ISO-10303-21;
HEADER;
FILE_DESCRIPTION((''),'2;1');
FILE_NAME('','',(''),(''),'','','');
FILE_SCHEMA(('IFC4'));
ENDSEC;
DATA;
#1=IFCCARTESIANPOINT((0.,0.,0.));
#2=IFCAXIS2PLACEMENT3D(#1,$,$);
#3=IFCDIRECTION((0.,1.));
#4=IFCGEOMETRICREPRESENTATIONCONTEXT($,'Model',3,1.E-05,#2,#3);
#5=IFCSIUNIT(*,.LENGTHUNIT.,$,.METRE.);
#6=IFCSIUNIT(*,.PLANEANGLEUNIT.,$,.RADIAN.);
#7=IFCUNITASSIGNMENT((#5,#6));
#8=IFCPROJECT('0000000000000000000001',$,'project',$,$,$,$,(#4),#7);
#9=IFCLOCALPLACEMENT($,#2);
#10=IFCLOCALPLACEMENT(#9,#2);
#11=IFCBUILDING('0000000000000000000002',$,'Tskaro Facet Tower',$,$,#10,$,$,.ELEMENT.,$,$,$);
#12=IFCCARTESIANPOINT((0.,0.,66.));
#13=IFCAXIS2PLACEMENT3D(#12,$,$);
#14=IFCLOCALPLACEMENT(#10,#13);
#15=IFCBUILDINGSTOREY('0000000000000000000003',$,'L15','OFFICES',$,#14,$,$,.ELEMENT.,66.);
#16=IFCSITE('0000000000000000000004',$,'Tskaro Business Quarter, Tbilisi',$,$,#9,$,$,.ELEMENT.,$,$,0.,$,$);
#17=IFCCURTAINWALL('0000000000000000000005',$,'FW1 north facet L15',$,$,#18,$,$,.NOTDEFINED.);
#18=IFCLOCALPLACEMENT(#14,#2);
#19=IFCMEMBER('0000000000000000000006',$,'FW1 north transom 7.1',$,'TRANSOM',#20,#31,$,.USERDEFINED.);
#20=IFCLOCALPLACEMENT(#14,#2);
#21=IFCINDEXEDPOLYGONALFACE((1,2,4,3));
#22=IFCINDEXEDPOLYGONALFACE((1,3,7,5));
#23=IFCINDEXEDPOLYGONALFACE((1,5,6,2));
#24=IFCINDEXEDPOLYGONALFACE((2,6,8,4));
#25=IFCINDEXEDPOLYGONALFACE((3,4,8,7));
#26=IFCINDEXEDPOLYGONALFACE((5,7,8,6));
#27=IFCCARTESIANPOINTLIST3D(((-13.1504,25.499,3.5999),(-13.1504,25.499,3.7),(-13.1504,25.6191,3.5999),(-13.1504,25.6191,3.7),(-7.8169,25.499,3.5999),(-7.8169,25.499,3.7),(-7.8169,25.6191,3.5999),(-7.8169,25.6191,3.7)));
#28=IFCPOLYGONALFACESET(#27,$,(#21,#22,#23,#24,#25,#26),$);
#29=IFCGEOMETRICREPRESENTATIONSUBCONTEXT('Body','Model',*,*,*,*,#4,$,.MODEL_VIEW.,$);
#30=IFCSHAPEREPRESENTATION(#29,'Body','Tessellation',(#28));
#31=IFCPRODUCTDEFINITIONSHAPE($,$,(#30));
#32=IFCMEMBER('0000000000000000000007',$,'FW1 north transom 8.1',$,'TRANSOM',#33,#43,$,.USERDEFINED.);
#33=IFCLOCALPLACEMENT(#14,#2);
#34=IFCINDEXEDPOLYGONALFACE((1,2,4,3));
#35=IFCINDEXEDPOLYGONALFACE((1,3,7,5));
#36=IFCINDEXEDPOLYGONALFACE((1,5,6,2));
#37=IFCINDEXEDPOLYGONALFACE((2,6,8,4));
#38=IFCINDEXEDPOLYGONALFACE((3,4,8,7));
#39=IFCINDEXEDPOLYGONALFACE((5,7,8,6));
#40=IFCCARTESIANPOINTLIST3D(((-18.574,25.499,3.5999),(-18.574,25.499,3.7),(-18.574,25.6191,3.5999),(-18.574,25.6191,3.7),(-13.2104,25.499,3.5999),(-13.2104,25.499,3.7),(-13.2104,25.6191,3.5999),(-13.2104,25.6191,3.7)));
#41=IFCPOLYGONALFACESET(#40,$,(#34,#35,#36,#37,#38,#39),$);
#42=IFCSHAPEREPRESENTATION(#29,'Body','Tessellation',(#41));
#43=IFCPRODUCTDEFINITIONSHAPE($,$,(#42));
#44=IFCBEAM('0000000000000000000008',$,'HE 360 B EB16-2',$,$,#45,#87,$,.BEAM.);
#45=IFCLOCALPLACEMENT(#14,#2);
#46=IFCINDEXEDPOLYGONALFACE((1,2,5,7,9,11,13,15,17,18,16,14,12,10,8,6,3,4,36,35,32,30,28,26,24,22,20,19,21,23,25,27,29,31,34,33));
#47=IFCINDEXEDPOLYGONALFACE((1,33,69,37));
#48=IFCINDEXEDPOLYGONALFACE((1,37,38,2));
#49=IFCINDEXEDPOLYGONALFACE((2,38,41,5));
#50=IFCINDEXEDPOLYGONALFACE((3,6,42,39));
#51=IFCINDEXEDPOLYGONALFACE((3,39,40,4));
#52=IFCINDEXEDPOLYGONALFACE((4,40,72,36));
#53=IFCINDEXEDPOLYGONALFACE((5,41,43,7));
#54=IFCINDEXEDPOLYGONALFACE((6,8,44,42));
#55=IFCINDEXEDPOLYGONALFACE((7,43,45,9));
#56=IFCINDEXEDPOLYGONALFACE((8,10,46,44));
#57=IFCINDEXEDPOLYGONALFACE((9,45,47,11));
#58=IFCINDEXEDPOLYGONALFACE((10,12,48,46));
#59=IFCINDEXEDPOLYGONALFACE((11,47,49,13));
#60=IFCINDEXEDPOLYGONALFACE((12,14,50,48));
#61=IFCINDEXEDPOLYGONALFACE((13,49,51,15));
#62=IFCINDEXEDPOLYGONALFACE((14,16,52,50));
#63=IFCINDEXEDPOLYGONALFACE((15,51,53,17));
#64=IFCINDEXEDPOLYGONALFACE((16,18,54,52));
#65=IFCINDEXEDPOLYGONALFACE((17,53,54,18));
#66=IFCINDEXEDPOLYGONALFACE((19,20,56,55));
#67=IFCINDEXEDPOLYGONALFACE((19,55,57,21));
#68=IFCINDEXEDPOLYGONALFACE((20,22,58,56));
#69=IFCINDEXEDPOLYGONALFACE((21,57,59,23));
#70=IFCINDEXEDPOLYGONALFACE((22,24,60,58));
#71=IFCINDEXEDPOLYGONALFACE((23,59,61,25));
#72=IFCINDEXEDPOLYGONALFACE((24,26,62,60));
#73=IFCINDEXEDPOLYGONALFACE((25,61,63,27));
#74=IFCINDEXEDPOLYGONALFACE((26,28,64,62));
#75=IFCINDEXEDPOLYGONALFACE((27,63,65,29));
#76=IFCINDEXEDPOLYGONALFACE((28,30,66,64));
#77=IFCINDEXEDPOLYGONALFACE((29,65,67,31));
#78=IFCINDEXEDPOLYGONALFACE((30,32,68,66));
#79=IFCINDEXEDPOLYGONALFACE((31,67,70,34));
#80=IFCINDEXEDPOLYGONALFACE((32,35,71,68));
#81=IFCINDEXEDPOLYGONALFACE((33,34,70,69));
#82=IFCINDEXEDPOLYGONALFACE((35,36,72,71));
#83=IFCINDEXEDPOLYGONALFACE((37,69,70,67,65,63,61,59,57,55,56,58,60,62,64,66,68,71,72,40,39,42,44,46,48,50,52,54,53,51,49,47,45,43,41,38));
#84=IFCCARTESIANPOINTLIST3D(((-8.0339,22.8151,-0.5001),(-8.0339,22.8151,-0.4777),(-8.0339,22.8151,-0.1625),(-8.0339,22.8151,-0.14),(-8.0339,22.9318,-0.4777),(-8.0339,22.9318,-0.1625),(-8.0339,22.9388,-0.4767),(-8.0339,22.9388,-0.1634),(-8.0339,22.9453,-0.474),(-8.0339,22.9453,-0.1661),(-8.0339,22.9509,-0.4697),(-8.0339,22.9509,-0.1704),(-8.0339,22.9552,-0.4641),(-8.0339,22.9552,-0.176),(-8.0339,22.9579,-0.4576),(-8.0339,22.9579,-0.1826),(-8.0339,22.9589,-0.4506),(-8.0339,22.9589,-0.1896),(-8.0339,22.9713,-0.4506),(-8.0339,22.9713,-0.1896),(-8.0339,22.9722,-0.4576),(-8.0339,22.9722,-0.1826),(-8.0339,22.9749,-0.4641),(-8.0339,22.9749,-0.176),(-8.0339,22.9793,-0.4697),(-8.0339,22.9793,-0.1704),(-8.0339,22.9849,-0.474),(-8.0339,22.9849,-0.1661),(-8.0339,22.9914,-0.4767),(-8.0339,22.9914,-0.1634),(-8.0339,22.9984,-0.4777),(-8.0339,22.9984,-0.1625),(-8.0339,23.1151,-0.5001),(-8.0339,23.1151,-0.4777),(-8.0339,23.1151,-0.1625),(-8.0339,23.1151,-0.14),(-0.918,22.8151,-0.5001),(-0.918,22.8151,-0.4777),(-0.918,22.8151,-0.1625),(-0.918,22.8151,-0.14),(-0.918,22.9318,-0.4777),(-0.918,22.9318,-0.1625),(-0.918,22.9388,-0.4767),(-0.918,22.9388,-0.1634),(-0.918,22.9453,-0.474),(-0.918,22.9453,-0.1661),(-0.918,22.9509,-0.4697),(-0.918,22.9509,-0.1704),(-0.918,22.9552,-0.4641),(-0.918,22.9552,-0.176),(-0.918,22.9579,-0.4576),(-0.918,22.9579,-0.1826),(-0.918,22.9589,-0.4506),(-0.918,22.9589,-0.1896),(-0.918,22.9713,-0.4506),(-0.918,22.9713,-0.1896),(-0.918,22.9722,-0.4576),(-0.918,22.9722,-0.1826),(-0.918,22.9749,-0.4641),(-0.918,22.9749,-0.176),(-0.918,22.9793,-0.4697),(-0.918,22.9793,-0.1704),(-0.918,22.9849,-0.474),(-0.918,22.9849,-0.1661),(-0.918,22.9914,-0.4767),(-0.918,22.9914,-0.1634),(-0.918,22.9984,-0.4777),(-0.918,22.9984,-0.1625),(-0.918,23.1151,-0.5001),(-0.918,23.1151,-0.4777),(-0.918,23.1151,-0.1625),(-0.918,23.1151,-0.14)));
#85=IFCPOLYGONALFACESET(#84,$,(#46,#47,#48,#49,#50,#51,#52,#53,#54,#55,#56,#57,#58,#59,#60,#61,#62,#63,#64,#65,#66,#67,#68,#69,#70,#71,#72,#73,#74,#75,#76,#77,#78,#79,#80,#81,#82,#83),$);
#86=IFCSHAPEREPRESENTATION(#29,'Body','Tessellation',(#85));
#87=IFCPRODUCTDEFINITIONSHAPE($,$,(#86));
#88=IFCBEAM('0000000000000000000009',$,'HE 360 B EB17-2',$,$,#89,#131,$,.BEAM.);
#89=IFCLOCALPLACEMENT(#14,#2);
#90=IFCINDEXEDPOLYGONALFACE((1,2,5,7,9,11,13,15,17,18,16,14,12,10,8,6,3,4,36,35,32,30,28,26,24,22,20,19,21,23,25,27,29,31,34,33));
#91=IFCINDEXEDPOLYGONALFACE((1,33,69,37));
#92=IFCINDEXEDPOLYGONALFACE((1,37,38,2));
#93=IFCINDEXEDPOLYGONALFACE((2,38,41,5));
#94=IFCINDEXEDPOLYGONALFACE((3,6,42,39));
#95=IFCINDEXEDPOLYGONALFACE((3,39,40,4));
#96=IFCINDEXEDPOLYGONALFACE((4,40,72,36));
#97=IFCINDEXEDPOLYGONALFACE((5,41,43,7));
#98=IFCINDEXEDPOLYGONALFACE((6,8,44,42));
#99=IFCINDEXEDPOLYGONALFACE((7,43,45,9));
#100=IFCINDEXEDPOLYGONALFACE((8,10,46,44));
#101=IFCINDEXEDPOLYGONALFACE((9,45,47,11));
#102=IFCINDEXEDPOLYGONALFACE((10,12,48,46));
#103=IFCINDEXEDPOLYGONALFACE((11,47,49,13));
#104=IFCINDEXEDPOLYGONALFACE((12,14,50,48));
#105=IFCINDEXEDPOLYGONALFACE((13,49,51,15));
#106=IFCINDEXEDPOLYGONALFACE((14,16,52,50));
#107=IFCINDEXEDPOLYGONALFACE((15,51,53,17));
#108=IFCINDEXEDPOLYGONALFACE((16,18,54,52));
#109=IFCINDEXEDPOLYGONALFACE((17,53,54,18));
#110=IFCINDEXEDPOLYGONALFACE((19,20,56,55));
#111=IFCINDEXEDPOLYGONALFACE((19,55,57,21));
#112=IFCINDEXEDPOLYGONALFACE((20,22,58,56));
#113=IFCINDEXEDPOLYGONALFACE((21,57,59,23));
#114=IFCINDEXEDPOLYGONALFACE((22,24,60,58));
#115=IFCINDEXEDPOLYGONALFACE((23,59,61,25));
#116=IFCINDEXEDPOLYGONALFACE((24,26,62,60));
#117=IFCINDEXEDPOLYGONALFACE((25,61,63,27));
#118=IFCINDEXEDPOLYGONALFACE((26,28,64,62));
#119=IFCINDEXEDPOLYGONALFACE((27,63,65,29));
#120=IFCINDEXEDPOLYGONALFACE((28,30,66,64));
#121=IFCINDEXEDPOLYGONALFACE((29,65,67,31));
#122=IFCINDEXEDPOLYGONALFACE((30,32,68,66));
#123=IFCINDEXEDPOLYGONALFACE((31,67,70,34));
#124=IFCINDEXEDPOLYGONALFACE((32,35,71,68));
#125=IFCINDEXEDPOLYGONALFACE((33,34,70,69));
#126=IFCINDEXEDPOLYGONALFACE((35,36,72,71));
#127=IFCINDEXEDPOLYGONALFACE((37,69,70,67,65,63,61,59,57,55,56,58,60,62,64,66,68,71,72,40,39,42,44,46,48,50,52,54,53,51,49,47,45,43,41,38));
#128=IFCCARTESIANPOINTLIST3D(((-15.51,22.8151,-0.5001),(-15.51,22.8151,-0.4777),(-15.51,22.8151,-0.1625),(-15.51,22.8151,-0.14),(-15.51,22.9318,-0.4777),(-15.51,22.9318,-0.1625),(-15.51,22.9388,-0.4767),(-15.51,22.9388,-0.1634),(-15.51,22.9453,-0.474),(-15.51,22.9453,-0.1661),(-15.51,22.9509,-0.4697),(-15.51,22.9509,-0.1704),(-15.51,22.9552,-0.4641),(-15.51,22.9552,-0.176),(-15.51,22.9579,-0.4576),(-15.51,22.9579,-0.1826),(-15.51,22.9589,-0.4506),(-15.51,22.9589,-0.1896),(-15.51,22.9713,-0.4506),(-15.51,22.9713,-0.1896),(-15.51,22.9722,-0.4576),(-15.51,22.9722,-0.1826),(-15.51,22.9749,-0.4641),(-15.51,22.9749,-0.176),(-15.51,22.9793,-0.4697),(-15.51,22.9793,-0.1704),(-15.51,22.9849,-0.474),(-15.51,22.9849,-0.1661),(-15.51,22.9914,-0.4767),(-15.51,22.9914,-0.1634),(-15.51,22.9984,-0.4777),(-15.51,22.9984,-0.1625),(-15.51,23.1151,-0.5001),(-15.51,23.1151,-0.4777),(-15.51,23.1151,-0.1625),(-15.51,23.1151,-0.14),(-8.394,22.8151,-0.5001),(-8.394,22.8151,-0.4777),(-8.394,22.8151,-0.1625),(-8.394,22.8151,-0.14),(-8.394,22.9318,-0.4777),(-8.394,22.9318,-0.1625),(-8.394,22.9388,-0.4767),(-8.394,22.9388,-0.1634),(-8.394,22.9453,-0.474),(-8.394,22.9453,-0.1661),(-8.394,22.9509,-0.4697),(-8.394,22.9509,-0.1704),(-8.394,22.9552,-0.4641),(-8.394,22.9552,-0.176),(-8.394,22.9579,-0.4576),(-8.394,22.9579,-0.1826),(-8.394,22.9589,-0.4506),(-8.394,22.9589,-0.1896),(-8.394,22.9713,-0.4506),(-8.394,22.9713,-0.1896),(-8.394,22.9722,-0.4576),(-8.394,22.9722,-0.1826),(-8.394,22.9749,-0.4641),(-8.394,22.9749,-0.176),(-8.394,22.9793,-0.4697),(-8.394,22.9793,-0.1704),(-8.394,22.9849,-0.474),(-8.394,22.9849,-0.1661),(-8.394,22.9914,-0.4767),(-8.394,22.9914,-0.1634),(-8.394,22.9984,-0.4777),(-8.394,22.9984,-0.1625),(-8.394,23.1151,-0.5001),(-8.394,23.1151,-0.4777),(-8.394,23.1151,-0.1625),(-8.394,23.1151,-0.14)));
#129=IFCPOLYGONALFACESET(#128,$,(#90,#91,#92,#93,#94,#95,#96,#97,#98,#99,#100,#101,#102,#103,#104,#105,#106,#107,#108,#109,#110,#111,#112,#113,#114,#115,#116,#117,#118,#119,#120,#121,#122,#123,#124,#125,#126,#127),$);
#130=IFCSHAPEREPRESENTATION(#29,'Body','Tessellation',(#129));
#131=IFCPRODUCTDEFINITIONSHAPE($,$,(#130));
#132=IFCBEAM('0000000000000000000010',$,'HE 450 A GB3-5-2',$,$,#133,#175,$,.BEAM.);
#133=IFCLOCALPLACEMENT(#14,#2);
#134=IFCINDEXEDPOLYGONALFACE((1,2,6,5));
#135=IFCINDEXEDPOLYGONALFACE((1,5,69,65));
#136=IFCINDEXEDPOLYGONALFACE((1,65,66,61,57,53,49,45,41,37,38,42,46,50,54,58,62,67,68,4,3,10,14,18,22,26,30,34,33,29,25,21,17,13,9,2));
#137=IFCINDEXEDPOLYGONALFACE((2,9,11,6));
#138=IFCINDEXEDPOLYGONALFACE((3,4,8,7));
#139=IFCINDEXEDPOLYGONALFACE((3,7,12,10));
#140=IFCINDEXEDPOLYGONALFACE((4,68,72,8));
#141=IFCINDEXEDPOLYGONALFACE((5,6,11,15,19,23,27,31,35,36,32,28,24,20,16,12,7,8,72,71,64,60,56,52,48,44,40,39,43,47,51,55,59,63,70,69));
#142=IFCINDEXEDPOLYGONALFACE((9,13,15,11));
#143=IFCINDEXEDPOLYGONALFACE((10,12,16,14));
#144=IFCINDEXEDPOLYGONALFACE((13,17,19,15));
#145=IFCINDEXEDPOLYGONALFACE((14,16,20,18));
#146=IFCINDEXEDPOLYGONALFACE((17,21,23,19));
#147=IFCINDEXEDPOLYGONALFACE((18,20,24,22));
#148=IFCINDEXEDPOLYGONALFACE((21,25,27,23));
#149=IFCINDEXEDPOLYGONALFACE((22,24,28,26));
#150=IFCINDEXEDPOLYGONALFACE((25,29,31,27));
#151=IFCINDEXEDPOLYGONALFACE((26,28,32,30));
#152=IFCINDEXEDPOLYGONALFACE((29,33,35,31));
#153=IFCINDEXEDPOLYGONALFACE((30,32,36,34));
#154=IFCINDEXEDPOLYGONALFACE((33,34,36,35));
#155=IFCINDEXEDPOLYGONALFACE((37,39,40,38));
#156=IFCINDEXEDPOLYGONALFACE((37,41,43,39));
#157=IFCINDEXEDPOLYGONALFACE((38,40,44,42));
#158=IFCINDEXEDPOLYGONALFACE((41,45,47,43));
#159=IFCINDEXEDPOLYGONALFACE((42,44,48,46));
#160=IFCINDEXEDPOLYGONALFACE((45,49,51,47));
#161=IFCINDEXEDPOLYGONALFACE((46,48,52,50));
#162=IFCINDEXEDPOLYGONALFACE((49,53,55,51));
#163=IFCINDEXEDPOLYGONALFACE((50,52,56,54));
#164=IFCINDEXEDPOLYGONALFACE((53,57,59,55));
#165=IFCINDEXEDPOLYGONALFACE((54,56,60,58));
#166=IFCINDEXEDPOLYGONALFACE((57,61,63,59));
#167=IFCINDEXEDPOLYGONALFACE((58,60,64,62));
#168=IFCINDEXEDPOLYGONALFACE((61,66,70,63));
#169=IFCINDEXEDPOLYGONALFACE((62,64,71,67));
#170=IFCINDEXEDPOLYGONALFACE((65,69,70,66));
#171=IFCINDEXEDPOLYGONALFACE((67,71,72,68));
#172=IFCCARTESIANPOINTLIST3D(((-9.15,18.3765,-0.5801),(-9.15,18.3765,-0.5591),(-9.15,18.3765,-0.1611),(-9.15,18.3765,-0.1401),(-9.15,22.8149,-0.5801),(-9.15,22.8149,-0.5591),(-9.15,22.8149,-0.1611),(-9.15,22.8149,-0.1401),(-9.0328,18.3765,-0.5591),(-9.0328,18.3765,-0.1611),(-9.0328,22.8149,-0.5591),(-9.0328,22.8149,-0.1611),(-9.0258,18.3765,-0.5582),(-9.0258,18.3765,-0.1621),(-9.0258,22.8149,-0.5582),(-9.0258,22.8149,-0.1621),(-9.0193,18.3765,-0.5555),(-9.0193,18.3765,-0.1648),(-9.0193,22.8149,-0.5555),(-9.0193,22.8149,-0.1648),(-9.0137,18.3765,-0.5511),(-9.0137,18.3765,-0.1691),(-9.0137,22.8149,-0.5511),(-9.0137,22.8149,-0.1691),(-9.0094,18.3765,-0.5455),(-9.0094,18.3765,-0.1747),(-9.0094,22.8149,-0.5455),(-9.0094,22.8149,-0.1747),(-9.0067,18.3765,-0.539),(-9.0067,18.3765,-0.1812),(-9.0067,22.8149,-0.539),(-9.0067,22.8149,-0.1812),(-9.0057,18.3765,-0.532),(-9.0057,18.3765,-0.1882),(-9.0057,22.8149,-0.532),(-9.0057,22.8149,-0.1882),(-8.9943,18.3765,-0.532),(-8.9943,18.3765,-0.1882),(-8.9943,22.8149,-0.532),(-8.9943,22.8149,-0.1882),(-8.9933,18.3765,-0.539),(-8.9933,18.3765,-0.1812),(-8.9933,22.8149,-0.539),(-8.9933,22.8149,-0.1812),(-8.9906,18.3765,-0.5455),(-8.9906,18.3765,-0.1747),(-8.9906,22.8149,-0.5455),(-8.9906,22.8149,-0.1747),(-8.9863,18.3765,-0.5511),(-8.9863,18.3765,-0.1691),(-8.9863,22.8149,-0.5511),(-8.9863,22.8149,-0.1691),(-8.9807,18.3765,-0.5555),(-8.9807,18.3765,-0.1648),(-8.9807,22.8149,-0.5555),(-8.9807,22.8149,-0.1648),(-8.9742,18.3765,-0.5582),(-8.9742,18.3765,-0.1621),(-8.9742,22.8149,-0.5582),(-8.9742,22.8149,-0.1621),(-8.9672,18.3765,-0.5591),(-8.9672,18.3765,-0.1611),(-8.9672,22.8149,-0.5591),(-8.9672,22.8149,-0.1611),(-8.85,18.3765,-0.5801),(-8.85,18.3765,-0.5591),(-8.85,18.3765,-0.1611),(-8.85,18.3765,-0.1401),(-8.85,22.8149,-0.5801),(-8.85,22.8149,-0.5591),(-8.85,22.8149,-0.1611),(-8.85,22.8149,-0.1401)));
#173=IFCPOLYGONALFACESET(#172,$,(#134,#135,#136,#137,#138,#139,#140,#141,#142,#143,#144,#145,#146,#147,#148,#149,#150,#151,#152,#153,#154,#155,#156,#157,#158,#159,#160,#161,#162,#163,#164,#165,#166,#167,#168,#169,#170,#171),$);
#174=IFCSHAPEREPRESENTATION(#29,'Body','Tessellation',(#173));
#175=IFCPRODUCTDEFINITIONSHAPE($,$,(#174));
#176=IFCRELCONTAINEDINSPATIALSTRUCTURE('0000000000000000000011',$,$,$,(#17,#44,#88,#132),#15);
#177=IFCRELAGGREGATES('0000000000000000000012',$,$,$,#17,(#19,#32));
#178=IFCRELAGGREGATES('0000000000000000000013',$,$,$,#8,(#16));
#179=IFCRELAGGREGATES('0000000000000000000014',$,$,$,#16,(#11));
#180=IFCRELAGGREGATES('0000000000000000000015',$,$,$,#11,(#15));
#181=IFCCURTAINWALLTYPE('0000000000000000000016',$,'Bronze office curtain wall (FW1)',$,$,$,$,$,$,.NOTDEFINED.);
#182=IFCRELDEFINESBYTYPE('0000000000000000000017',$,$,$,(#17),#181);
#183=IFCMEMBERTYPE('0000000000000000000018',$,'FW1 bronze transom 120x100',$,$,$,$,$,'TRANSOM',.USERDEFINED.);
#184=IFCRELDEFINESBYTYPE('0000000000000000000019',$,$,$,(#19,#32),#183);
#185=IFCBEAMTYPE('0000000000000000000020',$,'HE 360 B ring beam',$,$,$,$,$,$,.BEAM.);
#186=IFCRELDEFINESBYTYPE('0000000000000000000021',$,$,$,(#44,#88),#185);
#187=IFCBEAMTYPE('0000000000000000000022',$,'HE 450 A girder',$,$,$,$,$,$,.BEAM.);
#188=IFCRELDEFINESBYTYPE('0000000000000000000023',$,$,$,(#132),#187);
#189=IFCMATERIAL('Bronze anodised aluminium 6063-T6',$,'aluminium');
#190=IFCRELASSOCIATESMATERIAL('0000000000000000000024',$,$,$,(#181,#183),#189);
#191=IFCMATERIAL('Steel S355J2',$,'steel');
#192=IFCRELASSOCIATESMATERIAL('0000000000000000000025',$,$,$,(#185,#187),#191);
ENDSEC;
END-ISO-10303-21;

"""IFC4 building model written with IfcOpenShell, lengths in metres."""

from ifc_helpers import new_model, si_unit, direction, frame, origin, origin_2d, place, context, subcontext, project, spatial, rectangle, i_section, extrude, material, material_profile, profile_set, type_object, element, aggregate, save


model = new_model("IFC4")

# Units and contexts
model_context = context("Model", 3, precision=1e-05, world=origin(), true_north=direction((0.0, 1.0)))
body_context = subcontext(model_context, "Body", "Model", "MODEL_VIEW")
ifc_project = project(units=[si_unit("LENGTHUNIT", "METRE"), si_unit("PLANEANGLEUNIT", "RADIAN")], contexts=[model_context])

# Site, building, storey
site_placement = place(None, origin())
site = spatial("IfcSite", under=ifc_project, at=site_placement, Name="Tskaro Business Quarter, Tbilisi", CompositionType="ELEMENT", RefElevation=0.0)
building_placement = place(site_placement, origin())
building = spatial("IfcBuilding", under=site, at=building_placement, Name="Tskaro Facet Tower", CompositionType="ELEMENT")
storey_placement = place(building_placement, frame((0.0, 0.0, 66.0)))
storey = spatial("IfcBuildingStorey", under=building, at=storey_placement, Name="L15", Description="OFFICES", CompositionType="ELEMENT", Elevation=66.0)

# Curtain wall, members
ifc_material_1 = material(Name="Bronze anodised aluminium 6063-T6", Category="aluminium")
curtain_wall_type = type_object("IfcCurtainWallType", Name="Bronze office curtain wall (FW1)", PredefinedType="NOTDEFINED", material=ifc_material_1)
curtain_wall_placement = place(storey_placement, origin())
curtain_wall = element("IfcCurtainWall", 1, at=curtain_wall_placement, inside=storey, type_object=curtain_wall_type, Name="FW1 north facet L15", PredefinedType="NOTDEFINED")
ifc_material_profile_1 = material_profile(ifc_material_1, rectangle(XDim=0.1201, YDim=0.1001, at=origin_2d()), Name="Transom 120x100")
ifc_profile_set_1 = profile_set([ifc_material_profile_1], Name="Bronze anodised aluminium 6063-T6")
member_type_1 = type_object("IfcMemberType", Name="FW1 bronze transom 120x100", ElementType="TRANSOM", PredefinedType="USERDEFINED", material=ifc_profile_set_1)
member_1_placement = place(storey_placement, frame((-7.8169, 25.5591, 3.6499), z_axis=(-1.0, 0.0, 0.0), x_axis=(0.0, -1.0, 0.0)))
member_1 = element("IfcMember", 2, at=member_1_placement, type_object=member_type_1, Name="FW1 north transom 7.1", ObjectType="TRANSOM", PredefinedType="USERDEFINED", context=body_context, shape_type="SweptSolid", body=[
    extrude(rectangle(XDim=0.1201, YDim=0.1001, at=origin_2d()), origin(), (0.0, 0.0, 1.0), 5.3335),
])
member_2_placement = place(storey_placement, frame((-13.2104, 25.5591, 3.6499), z_axis=(-1.0, 0.0, 0.0), x_axis=(0.0, -1.0, 0.0)))
member_2 = element("IfcMember", 3, at=member_2_placement, type_object=member_type_1, Name="FW1 north transom 8.1", ObjectType="TRANSOM", PredefinedType="USERDEFINED", context=body_context, shape_type="SweptSolid", body=[
    extrude(rectangle(XDim=0.1201, YDim=0.1001, at=origin_2d()), origin(), (0.0, 0.0, 1.0), 5.3635),
])

# Beams
ifc_material_2 = material(Name="Steel S355J2", Category="steel")
ifc_material_profile_2 = material_profile(ifc_material_2, i_section(OverallWidth=0.3, OverallDepth=0.3601, WebThickness=0.0125, FlangeThickness=0.0225, FilletRadius=0.0271, at=origin_2d()), Name="HE 360 B")
ifc_profile_set_2 = profile_set([ifc_material_profile_2], Name="Steel S355J2")
beam_type_1 = type_object("IfcBeamType", Name="HE 360 B ring beam", PredefinedType="BEAM", material=ifc_profile_set_2)
for number, where, z_axis, x_axis, name in (
    (4, (-0.918, 22.9651, -0.3201), (-1.0, 0.0, 0.0), (0.0, -1.0, 0.0), "HE 360 B EB16-2"),
    (5, (-8.394, 22.9651, -0.3201), (-1.0, 0.0, 0.0), (0.0, -1.0, 0.0), "HE 360 B EB17-2"),
):
    element("IfcBeam", number, at=place(storey_placement, frame(where, z_axis=z_axis, x_axis=x_axis)), inside=storey, type_object=beam_type_1, Name=name, PredefinedType="BEAM", context=body_context, shape_type="SweptSolid", body=[
        extrude(i_section(OverallWidth=0.3, OverallDepth=0.3601, WebThickness=0.0125, FlangeThickness=0.0225, FilletRadius=0.0271, at=origin_2d()), origin(), (0.0, 0.0, 1.0), 7.116),
    ])
ifc_material_profile_3 = material_profile(ifc_material_2, i_section(OverallWidth=0.3, OverallDepth=0.4399, WebThickness=0.0115, FlangeThickness=0.021, FilletRadius=0.0271, at=origin_2d()), Name="HE 450 A")
ifc_profile_set_3 = profile_set([ifc_material_profile_3], Name="Steel S355J2")
beam_type_2 = type_object("IfcBeamType", Name="HE 450 A girder", PredefinedType="BEAM", material=ifc_profile_set_3)
for number, where, z_axis, x_axis, name in (
    (6, (-9.0, 18.3765, -0.3601), (0.0, 1.0, 0.0), (-1.0, 0.0, 0.0), "HE 450 A GB3-5-2"),
):
    element("IfcBeam", number, at=place(storey_placement, frame(where, z_axis=z_axis, x_axis=x_axis)), inside=storey, type_object=beam_type_2, Name=name, PredefinedType="BEAM", context=body_context, shape_type="SweptSolid", body=[
        extrude(i_section(OverallWidth=0.3, OverallDepth=0.4399, WebThickness=0.0115, FlangeThickness=0.021, FilletRadius=0.0271, at=origin_2d()), origin(), (0.0, 0.0, 1.0), 4.4385),
    ])

aggregate(curtain_wall, [member_1, member_2])

save(model, "model.ifc")
